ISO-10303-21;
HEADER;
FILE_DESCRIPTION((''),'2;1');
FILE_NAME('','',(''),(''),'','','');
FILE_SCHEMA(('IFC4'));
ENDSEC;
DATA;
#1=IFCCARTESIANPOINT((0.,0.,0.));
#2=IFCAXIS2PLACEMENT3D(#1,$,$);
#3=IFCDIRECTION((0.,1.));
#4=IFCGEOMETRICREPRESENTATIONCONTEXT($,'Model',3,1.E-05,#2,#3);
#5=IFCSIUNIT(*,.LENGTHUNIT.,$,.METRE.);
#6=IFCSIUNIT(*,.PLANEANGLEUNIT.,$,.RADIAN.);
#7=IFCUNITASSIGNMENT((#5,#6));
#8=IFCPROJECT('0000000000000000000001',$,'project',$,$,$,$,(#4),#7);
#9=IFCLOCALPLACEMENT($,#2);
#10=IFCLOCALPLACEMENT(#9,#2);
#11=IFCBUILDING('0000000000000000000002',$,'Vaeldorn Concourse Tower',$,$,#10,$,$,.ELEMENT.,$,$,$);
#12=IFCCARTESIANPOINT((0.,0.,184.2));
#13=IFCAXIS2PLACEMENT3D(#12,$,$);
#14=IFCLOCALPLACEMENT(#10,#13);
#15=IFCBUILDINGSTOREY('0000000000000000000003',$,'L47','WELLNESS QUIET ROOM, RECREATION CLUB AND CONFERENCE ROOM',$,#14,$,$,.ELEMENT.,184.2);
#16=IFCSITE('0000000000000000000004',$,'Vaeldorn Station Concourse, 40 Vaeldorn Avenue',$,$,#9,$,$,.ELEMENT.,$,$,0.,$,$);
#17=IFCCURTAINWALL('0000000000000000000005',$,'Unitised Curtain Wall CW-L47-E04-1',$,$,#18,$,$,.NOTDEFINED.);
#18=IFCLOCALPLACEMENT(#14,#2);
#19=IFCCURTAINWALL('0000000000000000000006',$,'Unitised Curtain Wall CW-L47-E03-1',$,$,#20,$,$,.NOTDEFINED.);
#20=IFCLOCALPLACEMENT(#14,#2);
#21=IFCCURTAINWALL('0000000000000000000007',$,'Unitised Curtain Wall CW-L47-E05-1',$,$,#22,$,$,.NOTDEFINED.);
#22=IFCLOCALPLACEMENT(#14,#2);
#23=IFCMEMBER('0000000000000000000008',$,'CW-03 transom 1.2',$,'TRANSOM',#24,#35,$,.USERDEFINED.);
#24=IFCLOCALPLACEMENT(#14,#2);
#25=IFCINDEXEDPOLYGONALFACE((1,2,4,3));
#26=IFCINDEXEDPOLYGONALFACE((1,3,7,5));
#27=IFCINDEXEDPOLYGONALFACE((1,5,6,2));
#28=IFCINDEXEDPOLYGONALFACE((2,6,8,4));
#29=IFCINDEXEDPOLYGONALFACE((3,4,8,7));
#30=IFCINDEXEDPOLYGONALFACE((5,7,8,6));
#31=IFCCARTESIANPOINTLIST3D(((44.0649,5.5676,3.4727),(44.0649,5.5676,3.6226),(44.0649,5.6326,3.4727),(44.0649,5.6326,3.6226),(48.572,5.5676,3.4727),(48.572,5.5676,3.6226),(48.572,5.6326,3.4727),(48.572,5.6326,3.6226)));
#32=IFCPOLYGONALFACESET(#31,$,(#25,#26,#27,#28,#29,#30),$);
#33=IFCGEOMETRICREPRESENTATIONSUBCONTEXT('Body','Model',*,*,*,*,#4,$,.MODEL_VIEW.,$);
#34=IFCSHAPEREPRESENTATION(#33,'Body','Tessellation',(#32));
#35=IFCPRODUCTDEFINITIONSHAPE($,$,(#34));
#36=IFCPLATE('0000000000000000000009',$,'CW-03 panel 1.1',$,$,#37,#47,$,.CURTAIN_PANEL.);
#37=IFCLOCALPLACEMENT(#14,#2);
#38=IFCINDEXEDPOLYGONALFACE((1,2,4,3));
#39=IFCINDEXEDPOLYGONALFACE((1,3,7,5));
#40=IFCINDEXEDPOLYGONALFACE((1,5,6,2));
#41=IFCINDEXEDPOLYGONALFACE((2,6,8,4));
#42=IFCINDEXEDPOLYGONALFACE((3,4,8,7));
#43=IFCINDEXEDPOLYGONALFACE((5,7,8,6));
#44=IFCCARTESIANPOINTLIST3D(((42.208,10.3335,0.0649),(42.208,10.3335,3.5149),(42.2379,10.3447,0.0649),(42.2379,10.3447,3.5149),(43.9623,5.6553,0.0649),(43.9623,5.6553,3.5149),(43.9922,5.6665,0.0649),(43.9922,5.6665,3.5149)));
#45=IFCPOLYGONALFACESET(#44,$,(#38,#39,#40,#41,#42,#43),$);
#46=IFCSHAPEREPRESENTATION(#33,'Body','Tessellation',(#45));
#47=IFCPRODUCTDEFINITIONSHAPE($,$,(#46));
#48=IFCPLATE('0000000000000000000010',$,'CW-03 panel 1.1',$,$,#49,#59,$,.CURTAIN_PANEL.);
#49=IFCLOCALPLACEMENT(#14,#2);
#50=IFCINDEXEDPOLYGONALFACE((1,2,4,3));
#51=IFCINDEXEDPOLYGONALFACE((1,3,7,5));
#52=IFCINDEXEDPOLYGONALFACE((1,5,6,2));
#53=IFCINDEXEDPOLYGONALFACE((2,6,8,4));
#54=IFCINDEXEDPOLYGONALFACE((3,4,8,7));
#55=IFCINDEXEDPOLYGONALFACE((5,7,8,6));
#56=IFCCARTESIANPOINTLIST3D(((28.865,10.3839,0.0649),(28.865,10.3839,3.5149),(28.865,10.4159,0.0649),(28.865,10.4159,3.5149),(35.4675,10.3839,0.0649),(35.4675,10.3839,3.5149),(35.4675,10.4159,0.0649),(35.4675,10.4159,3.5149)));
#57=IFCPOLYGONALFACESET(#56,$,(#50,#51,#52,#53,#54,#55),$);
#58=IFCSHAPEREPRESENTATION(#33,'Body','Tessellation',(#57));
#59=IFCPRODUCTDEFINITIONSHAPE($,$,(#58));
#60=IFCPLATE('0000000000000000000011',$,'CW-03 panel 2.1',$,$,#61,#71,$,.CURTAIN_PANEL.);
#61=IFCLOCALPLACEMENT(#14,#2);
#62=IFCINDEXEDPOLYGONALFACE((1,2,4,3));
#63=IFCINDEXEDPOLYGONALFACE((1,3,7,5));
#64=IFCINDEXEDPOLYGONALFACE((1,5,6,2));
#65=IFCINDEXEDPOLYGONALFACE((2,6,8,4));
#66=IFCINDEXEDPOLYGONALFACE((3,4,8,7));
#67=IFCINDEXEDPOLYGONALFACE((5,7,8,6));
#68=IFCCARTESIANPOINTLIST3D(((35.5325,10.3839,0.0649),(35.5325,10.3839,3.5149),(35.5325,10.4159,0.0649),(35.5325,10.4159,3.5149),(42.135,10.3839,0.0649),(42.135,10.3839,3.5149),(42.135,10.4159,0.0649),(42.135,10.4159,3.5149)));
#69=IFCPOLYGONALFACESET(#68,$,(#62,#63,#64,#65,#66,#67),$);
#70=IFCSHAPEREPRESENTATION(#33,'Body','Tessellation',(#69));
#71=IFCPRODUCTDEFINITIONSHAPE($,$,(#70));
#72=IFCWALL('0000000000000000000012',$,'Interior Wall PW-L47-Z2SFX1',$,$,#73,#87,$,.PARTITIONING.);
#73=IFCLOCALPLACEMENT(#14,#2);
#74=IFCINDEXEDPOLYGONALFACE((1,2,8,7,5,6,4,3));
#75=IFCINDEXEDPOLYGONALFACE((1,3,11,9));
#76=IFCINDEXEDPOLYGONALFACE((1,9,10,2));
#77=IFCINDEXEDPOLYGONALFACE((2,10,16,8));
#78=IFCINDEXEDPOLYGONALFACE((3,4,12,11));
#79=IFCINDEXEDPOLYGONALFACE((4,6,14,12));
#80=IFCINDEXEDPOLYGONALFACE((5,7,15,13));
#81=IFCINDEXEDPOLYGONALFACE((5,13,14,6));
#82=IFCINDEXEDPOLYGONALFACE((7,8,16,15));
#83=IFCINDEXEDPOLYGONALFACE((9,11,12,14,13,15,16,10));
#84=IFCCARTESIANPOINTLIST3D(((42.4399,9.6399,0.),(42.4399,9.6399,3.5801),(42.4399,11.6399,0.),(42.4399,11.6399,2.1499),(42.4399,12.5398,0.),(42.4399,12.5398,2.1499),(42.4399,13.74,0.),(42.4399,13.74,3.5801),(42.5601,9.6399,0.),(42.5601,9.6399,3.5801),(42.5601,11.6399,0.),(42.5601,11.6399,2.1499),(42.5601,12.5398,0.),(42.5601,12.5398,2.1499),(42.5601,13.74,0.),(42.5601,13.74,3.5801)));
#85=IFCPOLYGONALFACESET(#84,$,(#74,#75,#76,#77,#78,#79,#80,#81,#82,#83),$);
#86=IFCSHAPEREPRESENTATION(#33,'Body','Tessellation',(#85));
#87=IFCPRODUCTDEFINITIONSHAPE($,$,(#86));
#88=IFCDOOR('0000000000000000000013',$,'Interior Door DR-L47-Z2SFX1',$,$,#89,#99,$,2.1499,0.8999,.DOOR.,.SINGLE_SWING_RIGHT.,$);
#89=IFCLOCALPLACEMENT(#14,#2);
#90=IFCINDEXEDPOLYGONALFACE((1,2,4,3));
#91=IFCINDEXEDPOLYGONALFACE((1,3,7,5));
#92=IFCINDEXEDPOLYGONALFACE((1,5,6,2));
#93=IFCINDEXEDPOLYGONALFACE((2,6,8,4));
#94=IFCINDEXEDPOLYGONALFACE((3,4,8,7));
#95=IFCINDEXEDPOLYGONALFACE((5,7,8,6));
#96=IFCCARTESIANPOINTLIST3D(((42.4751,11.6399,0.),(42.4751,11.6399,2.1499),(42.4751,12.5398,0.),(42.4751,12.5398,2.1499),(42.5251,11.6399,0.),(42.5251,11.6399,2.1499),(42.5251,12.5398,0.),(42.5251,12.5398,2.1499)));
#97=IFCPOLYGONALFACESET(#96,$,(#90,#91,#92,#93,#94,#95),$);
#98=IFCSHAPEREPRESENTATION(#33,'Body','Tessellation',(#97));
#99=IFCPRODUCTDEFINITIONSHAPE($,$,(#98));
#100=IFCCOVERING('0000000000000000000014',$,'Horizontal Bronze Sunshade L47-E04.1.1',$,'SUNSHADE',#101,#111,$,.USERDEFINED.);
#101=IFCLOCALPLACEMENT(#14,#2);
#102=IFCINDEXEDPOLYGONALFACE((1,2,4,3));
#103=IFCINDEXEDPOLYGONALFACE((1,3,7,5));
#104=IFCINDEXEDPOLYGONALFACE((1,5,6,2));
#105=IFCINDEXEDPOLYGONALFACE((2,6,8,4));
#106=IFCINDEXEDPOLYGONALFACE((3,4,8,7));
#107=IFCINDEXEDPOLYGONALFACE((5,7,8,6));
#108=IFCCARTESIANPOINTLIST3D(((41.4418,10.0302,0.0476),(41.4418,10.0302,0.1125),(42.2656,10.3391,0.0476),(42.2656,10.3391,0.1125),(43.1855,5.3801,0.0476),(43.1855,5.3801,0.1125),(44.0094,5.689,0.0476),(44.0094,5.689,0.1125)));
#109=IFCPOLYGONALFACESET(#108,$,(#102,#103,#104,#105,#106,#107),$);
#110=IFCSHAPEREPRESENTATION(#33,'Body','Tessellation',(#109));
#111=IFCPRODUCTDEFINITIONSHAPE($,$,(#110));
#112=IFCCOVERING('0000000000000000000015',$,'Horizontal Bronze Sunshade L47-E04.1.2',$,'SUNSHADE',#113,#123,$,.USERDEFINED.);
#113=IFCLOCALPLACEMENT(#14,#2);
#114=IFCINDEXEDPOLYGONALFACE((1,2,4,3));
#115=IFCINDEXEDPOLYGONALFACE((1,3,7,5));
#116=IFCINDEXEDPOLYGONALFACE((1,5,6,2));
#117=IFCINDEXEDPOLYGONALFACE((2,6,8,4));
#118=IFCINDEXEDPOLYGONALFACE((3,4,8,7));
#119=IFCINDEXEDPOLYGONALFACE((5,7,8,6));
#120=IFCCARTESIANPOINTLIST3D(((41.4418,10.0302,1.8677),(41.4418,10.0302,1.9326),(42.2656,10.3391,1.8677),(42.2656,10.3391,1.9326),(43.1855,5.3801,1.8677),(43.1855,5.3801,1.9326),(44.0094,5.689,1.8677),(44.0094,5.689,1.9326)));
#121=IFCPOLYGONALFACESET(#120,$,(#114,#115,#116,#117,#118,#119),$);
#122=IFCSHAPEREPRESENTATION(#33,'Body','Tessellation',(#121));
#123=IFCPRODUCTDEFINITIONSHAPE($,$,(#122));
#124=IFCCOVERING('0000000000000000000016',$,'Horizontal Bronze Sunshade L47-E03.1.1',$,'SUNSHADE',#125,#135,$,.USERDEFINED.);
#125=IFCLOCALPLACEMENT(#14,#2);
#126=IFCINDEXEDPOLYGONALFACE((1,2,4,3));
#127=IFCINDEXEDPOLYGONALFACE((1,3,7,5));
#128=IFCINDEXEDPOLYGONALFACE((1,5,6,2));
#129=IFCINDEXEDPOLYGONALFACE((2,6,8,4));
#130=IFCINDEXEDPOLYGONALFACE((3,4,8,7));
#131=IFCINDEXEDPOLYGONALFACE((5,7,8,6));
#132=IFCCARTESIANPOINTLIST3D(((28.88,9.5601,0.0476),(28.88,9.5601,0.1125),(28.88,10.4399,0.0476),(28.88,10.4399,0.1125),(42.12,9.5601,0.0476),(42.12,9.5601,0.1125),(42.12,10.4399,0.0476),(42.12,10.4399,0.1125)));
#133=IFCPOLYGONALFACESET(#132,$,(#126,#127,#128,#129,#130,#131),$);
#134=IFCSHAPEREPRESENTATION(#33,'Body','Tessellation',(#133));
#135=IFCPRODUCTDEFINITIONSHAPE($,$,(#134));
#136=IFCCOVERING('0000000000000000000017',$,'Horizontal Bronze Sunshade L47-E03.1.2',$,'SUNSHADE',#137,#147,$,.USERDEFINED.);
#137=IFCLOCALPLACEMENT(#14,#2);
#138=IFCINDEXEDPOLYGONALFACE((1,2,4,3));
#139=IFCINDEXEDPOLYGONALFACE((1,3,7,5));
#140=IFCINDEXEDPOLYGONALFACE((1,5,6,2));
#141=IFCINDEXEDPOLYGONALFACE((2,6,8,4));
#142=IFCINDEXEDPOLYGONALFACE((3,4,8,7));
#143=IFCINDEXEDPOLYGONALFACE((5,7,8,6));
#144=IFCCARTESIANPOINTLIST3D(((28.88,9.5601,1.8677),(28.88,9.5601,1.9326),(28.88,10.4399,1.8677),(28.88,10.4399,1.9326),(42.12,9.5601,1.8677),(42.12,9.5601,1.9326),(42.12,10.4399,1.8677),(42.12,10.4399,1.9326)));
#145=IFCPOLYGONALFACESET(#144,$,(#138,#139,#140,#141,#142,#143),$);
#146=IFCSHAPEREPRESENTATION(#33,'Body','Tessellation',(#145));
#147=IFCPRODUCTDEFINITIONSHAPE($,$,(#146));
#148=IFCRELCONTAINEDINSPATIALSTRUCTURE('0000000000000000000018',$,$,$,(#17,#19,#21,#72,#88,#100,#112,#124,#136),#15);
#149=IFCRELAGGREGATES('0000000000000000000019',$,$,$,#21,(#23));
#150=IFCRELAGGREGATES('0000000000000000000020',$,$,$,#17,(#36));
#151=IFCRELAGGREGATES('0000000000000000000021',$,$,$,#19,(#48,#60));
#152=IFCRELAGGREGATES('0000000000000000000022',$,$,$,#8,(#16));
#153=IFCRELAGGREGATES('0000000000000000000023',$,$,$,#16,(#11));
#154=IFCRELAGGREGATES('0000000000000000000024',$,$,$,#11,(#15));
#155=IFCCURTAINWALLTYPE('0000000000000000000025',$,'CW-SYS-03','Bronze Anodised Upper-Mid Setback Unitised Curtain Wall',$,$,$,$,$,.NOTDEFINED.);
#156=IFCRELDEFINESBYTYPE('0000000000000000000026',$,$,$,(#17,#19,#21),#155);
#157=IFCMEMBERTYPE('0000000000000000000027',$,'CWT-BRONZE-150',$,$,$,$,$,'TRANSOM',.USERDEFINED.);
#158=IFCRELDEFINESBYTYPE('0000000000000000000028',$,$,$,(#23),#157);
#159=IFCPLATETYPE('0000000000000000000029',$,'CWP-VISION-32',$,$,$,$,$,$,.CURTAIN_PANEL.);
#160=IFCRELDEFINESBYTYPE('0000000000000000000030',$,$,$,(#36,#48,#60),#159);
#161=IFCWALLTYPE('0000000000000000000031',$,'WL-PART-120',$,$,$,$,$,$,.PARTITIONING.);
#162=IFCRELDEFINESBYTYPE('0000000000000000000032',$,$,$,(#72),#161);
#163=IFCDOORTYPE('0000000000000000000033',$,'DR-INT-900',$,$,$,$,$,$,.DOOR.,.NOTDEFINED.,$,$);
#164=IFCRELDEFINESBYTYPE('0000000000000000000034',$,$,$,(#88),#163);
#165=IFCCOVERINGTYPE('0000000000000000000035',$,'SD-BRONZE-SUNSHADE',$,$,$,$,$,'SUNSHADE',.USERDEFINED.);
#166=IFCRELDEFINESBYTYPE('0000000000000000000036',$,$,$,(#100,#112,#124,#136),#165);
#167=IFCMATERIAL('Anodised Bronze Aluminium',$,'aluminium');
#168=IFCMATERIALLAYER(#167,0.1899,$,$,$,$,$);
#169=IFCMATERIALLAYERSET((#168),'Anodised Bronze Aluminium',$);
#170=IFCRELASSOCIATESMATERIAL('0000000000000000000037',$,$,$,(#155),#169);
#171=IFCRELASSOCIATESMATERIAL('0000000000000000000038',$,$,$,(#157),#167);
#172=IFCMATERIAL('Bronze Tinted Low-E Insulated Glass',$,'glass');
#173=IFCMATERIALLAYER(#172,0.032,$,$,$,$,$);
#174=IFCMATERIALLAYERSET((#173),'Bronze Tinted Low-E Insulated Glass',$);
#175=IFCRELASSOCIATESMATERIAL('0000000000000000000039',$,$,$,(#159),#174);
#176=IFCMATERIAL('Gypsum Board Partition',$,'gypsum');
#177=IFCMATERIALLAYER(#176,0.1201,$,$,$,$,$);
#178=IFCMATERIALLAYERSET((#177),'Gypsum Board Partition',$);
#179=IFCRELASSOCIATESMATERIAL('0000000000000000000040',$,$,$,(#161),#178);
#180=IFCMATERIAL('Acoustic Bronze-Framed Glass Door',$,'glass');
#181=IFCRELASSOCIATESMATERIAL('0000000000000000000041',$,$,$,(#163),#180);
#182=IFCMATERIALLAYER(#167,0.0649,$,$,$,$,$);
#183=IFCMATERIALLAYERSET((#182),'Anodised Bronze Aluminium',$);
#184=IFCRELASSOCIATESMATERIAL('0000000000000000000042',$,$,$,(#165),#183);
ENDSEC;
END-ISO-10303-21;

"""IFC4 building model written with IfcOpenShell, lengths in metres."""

from ifc_helpers import new_model, si_unit, direction, frame, frame_2d, origin, origin_2d, place, context, subcontext, project, spatial, rectangle, extrude, source, transform, mapped, material, layer, layer_set, material_profile, profile_set, type_object, element, fill, aggregate, save


model = new_model("IFC4")

# Units and contexts
model_context = context("Model", 3, precision=1e-05, world=origin(), true_north=direction((0.0, 1.0)))
body_context = subcontext(model_context, "Body", "Model", "MODEL_VIEW")
ifc_project = project(units=[si_unit("LENGTHUNIT", "METRE"), si_unit("PLANEANGLEUNIT", "RADIAN")], contexts=[model_context])

# Site, building, storey
site_placement = place(None, origin())
site = spatial("IfcSite", under=ifc_project, at=site_placement, Name="Vaeldorn Station Concourse, 40 Vaeldorn Avenue", CompositionType="ELEMENT", RefElevation=0.0)
building_placement = place(site_placement, origin())
building = spatial("IfcBuilding", under=site, at=building_placement, Name="Vaeldorn Concourse Tower", CompositionType="ELEMENT")
storey_placement = place(building_placement, frame((0.0, 0.0, 184.2)))
storey = spatial("IfcBuildingStorey", under=building, at=storey_placement, Name="L47", Description="WELLNESS QUIET ROOM, RECREATION CLUB AND CONFERENCE ROOM", CompositionType="ELEMENT", Elevation=184.2)

# Curtain walls
ifc_material_1 = material(Name="Anodised Bronze Aluminium", Category="aluminium")
ifc_layer_1 = layer(ifc_material_1, 0.1899)
ifc_layer_set_1 = layer_set([ifc_layer_1], Name="Anodised Bronze Aluminium")
curtain_wall_type = type_object("IfcCurtainWallType", Name="CW-SYS-03", Description="Bronze Anodised Upper-Mid Setback Unitised Curtain Wall", PredefinedType="NOTDEFINED", material=ifc_layer_set_1)
curtain_wall_1_placement = place(storey_placement, origin())
curtain_wall_1 = element("IfcCurtainWall", 1, at=curtain_wall_1_placement, inside=storey, type_object=curtain_wall_type, Name="Unitised Curtain Wall CW-L47-E04-1", PredefinedType="NOTDEFINED")
ifc_material_profile_1 = material_profile(ifc_material_1, rectangle(XDim=0.0649, YDim=0.1499, at=origin_2d()), Name="CWT 65x150")
ifc_profile_set_1 = profile_set([ifc_material_profile_1], Name="Anodised Bronze Aluminium")
member_type_1 = type_object("IfcMemberType", Name="CWT-BRONZE-150", ElementType="TRANSOM", PredefinedType="USERDEFINED", material=ifc_profile_set_1)
curtain_wall_2_placement = place(storey_placement, origin())
curtain_wall_2 = element("IfcCurtainWall", 2, at=curtain_wall_2_placement, inside=storey, type_object=curtain_wall_type, Name="Unitised Curtain Wall CW-L47-E03-1", PredefinedType="NOTDEFINED")

# Curtain wall, member
curtain_wall_3_placement = place(storey_placement, origin())
curtain_wall_3 = element("IfcCurtainWall", 3, at=curtain_wall_3_placement, inside=storey, type_object=curtain_wall_type, Name="Unitised Curtain Wall CW-L47-E05-1", PredefinedType="NOTDEFINED")
shared_shape_1 = source(origin(), body_context, "Body", "SweptSolid", [
    extrude(rectangle(XDim=0.0649, YDim=0.1499, at=origin_2d()), origin(), (0.0, 0.0, 1.0), 4.5071),
])
member_1_placement = place(storey_placement, frame((44.0649, 5.6001, 3.5476), z_axis=(1.0, 0.0, 0.0), x_axis=(0.0, 1.0, 0.0)))
member_1 = element("IfcMember", 4, at=member_1_placement, type_object=member_type_1, Name="CW-03 transom 1.2", ObjectType="TRANSOM", PredefinedType="USERDEFINED", context=body_context, shape_type="MappedRepresentation", body=[
    mapped(shared_shape_1, transform((0.0, 0.0, 0.0), scale=1.0)),
])
aggregate(curtain_wall_3, [member_1])

# Plates
ifc_material_2 = material(Name="Bronze Tinted Low-E Insulated Glass", Category="glass")
ifc_layer_2 = layer(ifc_material_2, 0.032)
ifc_layer_set_2 = layer_set([ifc_layer_2], Name="Bronze Tinted Low-E Insulated Glass")
plate_type = type_object("IfcPlateType", Name="CWP-VISION-32", PredefinedType="CURTAIN_PANEL", material=ifc_layer_set_2)
shared_shape_2 = source(origin(), body_context, "Body", "SweptSolid", [
    extrude(rectangle(XDim=4.9963, YDim=0.032, at=origin_2d()), origin(), (0.0, 0.0, 1.0), 3.45),
])
plate_1_placement = place(storey_placement, frame((43.1001, 8.0, 0.0649), z_axis=(0.0, 0.0, 1.0), x_axis=(0.351123, -0.936329, 0.0)))
plate_1 = element("IfcPlate", 5, at=plate_1_placement, type_object=plate_type, Name="CW-03 panel 1.1", PredefinedType="CURTAIN_PANEL", context=body_context, shape_type="MappedRepresentation", body=[
    mapped(shared_shape_2, transform((0.0, 0.0, 0.0), scale=1.0)),
])
aggregate(curtain_wall_1, [plate_1])
shared_shape_3 = source(origin(), body_context, "Body", "SweptSolid", [
    extrude(rectangle(XDim=6.6025, YDim=0.032, at=origin_2d()), origin(), (0.0, 0.0, 1.0), 3.45),
])
plate_2_placement = place(storey_placement, frame((32.1663, 10.3999, 0.0649), z_axis=(0.0, 0.0, 1.0), x_axis=(1.0, 0.0, 0.0)))
plate_2 = element("IfcPlate", 6, at=plate_2_placement, type_object=plate_type, Name="CW-03 panel 1.1", PredefinedType="CURTAIN_PANEL", context=body_context, shape_type="MappedRepresentation", body=[
    mapped(shared_shape_3, transform((0.0, 0.0, 0.0), scale=1.0)),
])
plate_3_placement = place(storey_placement, frame((38.8337, 10.3999, 0.0649), z_axis=(0.0, 0.0, 1.0), x_axis=(1.0, 0.0, 0.0)))
plate_3 = element("IfcPlate", 7, at=plate_3_placement, type_object=plate_type, Name="CW-03 panel 2.1", PredefinedType="CURTAIN_PANEL", context=body_context, shape_type="MappedRepresentation", body=[
    mapped(shared_shape_3, transform((0.0, 0.0, 0.0), scale=1.0)),
])
aggregate(curtain_wall_2, [plate_2, plate_3])

# Wall, opening, door
ifc_material_3 = material(Name="Gypsum Board Partition", Category="gypsum")
ifc_layer_3 = layer(ifc_material_3, 0.1201)
ifc_layer_set_3 = layer_set([ifc_layer_3], Name="Gypsum Board Partition")
wall_type = type_object("IfcWallType", Name="WL-PART-120", PredefinedType="PARTITIONING", material=ifc_layer_set_3)
wall_placement = place(storey_placement, frame((42.5, 9.6399, 0.0), z_axis=(0.0, 0.0, 1.0), x_axis=(0.0, 1.0, 0.0)))
wall = element("IfcWall", 8, at=wall_placement, inside=storey, type_object=wall_type, Name="Interior Wall PW-L47-Z2SFX1", PredefinedType="PARTITIONING", context=body_context, shape_type="SweptSolid", body=[
    extrude(rectangle(XDim=4.1001, YDim=0.1201, at=frame_2d((2.05, 0.0))), origin(), (0.0, 0.0, 1.0), 3.5801),
])
opening_placement = place(wall_placement, frame((2.0, 0.0, 0.0)))
opening = element("IfcOpeningElement", 9, at=opening_placement, cuts=wall, PredefinedType="OPENING", context=body_context, shape_type="SweptSolid", body=[
    extrude(rectangle(XDim=0.8999, YDim=2.1499, at=frame_2d((0.45, 1.075))), frame((0.0, 0.0701, 0.0), z_axis=(0.0, -1.0, 0.0), x_axis=(1.0, 0.0, 0.0)), (0.0, 0.0, 1.0), 0.1401),
])
ifc_material_4 = material(Name="Acoustic Bronze-Framed Glass Door", Category="glass")
door_type = type_object("IfcDoorType", Name="DR-INT-900", OperationType="NOTDEFINED", PredefinedType="DOOR", material=ifc_material_4)
shared_shape_4 = source(origin(), body_context, "Body", "SweptSolid", [
    extrude(rectangle(XDim=0.8999, YDim=2.1499, at=frame_2d((0.45, 1.075))), frame((0.0, 0.0249, 0.0), z_axis=(0.0, -1.0, 0.0), x_axis=(1.0, 0.0, 0.0)), (0.0, 0.0, 1.0), 0.05),
])
door_placement = place(opening_placement, origin())
door = element("IfcDoor", 10, at=door_placement, inside=storey, type_object=door_type, Name="Interior Door DR-L47-Z2SFX1", OperationType="SINGLE_SWING_RIGHT", OverallHeight=2.1499, OverallWidth=0.8999, PredefinedType="DOOR", context=body_context, shape_type="MappedRepresentation", body=[
    mapped(shared_shape_4, transform((0.0, 0.0, 0.0), scale=1.0)),
])
fill(opening, door)

# Coverings
ifc_layer_4 = layer(ifc_material_1, 0.0649)
ifc_layer_set_4 = layer_set([ifc_layer_4], Name="Anodised Bronze Aluminium")
covering_type = type_object("IfcCoveringType", Name="SD-BRONZE-SUNSHADE", ElementType="SUNSHADE", PredefinedType="USERDEFINED", material=ifc_layer_set_4)
shared_shape_5 = source(origin(), body_context, "Body", "SweptSolid", [
    extrude(rectangle(XDim=4.9663, YDim=0.8799, at=origin_2d()), origin(), (0.0, 0.0, 1.0), 0.0649),
])
for number, where, z_axis, x_axis, name in (
    (11, (42.7256, 7.8596, 0.0476), (0.0, 0.0, 1.0), (0.351123, -0.936329, 0.0), "Horizontal Bronze Sunshade L47-E04.1.1"),
    (12, (42.7256, 7.8596, 1.8677), (0.0, 0.0, 1.0), (0.351123, -0.936329, 0.0), "Horizontal Bronze Sunshade L47-E04.1.2"),
):
    element("IfcCovering", number, at=place(storey_placement, frame(where, z_axis=z_axis, x_axis=x_axis)), inside=storey, type_object=covering_type, Name=name, ObjectType="SUNSHADE", PredefinedType="USERDEFINED", context=body_context, shape_type="MappedRepresentation", body=[
        mapped(shared_shape_5, transform((0.0, 0.0, 0.0), scale=1.0)),
    ])
shared_shape_6 = source(origin(), body_context, "Body", "SweptSolid", [
    extrude(rectangle(XDim=13.24, YDim=0.8799, at=origin_2d()), origin(), (0.0, 0.0, 1.0), 0.0649),
])
for number, where, z_axis, x_axis, name in (
    (13, (35.5, 10.0, 0.0476), (0.0, 0.0, 1.0), (1.0, 0.0, 0.0), "Horizontal Bronze Sunshade L47-E03.1.1"),
    (14, (35.5, 10.0, 1.8677), (0.0, 0.0, 1.0), (1.0, 0.0, 0.0), "Horizontal Bronze Sunshade L47-E03.1.2"),
):
    element("IfcCovering", number, at=place(storey_placement, frame(where, z_axis=z_axis, x_axis=x_axis)), inside=storey, type_object=covering_type, Name=name, ObjectType="SUNSHADE", PredefinedType="USERDEFINED", context=body_context, shape_type="MappedRepresentation", body=[
        mapped(shared_shape_6, transform((0.0, 0.0, 0.0), scale=1.0)),
    ])

save(model, "model.ifc")
